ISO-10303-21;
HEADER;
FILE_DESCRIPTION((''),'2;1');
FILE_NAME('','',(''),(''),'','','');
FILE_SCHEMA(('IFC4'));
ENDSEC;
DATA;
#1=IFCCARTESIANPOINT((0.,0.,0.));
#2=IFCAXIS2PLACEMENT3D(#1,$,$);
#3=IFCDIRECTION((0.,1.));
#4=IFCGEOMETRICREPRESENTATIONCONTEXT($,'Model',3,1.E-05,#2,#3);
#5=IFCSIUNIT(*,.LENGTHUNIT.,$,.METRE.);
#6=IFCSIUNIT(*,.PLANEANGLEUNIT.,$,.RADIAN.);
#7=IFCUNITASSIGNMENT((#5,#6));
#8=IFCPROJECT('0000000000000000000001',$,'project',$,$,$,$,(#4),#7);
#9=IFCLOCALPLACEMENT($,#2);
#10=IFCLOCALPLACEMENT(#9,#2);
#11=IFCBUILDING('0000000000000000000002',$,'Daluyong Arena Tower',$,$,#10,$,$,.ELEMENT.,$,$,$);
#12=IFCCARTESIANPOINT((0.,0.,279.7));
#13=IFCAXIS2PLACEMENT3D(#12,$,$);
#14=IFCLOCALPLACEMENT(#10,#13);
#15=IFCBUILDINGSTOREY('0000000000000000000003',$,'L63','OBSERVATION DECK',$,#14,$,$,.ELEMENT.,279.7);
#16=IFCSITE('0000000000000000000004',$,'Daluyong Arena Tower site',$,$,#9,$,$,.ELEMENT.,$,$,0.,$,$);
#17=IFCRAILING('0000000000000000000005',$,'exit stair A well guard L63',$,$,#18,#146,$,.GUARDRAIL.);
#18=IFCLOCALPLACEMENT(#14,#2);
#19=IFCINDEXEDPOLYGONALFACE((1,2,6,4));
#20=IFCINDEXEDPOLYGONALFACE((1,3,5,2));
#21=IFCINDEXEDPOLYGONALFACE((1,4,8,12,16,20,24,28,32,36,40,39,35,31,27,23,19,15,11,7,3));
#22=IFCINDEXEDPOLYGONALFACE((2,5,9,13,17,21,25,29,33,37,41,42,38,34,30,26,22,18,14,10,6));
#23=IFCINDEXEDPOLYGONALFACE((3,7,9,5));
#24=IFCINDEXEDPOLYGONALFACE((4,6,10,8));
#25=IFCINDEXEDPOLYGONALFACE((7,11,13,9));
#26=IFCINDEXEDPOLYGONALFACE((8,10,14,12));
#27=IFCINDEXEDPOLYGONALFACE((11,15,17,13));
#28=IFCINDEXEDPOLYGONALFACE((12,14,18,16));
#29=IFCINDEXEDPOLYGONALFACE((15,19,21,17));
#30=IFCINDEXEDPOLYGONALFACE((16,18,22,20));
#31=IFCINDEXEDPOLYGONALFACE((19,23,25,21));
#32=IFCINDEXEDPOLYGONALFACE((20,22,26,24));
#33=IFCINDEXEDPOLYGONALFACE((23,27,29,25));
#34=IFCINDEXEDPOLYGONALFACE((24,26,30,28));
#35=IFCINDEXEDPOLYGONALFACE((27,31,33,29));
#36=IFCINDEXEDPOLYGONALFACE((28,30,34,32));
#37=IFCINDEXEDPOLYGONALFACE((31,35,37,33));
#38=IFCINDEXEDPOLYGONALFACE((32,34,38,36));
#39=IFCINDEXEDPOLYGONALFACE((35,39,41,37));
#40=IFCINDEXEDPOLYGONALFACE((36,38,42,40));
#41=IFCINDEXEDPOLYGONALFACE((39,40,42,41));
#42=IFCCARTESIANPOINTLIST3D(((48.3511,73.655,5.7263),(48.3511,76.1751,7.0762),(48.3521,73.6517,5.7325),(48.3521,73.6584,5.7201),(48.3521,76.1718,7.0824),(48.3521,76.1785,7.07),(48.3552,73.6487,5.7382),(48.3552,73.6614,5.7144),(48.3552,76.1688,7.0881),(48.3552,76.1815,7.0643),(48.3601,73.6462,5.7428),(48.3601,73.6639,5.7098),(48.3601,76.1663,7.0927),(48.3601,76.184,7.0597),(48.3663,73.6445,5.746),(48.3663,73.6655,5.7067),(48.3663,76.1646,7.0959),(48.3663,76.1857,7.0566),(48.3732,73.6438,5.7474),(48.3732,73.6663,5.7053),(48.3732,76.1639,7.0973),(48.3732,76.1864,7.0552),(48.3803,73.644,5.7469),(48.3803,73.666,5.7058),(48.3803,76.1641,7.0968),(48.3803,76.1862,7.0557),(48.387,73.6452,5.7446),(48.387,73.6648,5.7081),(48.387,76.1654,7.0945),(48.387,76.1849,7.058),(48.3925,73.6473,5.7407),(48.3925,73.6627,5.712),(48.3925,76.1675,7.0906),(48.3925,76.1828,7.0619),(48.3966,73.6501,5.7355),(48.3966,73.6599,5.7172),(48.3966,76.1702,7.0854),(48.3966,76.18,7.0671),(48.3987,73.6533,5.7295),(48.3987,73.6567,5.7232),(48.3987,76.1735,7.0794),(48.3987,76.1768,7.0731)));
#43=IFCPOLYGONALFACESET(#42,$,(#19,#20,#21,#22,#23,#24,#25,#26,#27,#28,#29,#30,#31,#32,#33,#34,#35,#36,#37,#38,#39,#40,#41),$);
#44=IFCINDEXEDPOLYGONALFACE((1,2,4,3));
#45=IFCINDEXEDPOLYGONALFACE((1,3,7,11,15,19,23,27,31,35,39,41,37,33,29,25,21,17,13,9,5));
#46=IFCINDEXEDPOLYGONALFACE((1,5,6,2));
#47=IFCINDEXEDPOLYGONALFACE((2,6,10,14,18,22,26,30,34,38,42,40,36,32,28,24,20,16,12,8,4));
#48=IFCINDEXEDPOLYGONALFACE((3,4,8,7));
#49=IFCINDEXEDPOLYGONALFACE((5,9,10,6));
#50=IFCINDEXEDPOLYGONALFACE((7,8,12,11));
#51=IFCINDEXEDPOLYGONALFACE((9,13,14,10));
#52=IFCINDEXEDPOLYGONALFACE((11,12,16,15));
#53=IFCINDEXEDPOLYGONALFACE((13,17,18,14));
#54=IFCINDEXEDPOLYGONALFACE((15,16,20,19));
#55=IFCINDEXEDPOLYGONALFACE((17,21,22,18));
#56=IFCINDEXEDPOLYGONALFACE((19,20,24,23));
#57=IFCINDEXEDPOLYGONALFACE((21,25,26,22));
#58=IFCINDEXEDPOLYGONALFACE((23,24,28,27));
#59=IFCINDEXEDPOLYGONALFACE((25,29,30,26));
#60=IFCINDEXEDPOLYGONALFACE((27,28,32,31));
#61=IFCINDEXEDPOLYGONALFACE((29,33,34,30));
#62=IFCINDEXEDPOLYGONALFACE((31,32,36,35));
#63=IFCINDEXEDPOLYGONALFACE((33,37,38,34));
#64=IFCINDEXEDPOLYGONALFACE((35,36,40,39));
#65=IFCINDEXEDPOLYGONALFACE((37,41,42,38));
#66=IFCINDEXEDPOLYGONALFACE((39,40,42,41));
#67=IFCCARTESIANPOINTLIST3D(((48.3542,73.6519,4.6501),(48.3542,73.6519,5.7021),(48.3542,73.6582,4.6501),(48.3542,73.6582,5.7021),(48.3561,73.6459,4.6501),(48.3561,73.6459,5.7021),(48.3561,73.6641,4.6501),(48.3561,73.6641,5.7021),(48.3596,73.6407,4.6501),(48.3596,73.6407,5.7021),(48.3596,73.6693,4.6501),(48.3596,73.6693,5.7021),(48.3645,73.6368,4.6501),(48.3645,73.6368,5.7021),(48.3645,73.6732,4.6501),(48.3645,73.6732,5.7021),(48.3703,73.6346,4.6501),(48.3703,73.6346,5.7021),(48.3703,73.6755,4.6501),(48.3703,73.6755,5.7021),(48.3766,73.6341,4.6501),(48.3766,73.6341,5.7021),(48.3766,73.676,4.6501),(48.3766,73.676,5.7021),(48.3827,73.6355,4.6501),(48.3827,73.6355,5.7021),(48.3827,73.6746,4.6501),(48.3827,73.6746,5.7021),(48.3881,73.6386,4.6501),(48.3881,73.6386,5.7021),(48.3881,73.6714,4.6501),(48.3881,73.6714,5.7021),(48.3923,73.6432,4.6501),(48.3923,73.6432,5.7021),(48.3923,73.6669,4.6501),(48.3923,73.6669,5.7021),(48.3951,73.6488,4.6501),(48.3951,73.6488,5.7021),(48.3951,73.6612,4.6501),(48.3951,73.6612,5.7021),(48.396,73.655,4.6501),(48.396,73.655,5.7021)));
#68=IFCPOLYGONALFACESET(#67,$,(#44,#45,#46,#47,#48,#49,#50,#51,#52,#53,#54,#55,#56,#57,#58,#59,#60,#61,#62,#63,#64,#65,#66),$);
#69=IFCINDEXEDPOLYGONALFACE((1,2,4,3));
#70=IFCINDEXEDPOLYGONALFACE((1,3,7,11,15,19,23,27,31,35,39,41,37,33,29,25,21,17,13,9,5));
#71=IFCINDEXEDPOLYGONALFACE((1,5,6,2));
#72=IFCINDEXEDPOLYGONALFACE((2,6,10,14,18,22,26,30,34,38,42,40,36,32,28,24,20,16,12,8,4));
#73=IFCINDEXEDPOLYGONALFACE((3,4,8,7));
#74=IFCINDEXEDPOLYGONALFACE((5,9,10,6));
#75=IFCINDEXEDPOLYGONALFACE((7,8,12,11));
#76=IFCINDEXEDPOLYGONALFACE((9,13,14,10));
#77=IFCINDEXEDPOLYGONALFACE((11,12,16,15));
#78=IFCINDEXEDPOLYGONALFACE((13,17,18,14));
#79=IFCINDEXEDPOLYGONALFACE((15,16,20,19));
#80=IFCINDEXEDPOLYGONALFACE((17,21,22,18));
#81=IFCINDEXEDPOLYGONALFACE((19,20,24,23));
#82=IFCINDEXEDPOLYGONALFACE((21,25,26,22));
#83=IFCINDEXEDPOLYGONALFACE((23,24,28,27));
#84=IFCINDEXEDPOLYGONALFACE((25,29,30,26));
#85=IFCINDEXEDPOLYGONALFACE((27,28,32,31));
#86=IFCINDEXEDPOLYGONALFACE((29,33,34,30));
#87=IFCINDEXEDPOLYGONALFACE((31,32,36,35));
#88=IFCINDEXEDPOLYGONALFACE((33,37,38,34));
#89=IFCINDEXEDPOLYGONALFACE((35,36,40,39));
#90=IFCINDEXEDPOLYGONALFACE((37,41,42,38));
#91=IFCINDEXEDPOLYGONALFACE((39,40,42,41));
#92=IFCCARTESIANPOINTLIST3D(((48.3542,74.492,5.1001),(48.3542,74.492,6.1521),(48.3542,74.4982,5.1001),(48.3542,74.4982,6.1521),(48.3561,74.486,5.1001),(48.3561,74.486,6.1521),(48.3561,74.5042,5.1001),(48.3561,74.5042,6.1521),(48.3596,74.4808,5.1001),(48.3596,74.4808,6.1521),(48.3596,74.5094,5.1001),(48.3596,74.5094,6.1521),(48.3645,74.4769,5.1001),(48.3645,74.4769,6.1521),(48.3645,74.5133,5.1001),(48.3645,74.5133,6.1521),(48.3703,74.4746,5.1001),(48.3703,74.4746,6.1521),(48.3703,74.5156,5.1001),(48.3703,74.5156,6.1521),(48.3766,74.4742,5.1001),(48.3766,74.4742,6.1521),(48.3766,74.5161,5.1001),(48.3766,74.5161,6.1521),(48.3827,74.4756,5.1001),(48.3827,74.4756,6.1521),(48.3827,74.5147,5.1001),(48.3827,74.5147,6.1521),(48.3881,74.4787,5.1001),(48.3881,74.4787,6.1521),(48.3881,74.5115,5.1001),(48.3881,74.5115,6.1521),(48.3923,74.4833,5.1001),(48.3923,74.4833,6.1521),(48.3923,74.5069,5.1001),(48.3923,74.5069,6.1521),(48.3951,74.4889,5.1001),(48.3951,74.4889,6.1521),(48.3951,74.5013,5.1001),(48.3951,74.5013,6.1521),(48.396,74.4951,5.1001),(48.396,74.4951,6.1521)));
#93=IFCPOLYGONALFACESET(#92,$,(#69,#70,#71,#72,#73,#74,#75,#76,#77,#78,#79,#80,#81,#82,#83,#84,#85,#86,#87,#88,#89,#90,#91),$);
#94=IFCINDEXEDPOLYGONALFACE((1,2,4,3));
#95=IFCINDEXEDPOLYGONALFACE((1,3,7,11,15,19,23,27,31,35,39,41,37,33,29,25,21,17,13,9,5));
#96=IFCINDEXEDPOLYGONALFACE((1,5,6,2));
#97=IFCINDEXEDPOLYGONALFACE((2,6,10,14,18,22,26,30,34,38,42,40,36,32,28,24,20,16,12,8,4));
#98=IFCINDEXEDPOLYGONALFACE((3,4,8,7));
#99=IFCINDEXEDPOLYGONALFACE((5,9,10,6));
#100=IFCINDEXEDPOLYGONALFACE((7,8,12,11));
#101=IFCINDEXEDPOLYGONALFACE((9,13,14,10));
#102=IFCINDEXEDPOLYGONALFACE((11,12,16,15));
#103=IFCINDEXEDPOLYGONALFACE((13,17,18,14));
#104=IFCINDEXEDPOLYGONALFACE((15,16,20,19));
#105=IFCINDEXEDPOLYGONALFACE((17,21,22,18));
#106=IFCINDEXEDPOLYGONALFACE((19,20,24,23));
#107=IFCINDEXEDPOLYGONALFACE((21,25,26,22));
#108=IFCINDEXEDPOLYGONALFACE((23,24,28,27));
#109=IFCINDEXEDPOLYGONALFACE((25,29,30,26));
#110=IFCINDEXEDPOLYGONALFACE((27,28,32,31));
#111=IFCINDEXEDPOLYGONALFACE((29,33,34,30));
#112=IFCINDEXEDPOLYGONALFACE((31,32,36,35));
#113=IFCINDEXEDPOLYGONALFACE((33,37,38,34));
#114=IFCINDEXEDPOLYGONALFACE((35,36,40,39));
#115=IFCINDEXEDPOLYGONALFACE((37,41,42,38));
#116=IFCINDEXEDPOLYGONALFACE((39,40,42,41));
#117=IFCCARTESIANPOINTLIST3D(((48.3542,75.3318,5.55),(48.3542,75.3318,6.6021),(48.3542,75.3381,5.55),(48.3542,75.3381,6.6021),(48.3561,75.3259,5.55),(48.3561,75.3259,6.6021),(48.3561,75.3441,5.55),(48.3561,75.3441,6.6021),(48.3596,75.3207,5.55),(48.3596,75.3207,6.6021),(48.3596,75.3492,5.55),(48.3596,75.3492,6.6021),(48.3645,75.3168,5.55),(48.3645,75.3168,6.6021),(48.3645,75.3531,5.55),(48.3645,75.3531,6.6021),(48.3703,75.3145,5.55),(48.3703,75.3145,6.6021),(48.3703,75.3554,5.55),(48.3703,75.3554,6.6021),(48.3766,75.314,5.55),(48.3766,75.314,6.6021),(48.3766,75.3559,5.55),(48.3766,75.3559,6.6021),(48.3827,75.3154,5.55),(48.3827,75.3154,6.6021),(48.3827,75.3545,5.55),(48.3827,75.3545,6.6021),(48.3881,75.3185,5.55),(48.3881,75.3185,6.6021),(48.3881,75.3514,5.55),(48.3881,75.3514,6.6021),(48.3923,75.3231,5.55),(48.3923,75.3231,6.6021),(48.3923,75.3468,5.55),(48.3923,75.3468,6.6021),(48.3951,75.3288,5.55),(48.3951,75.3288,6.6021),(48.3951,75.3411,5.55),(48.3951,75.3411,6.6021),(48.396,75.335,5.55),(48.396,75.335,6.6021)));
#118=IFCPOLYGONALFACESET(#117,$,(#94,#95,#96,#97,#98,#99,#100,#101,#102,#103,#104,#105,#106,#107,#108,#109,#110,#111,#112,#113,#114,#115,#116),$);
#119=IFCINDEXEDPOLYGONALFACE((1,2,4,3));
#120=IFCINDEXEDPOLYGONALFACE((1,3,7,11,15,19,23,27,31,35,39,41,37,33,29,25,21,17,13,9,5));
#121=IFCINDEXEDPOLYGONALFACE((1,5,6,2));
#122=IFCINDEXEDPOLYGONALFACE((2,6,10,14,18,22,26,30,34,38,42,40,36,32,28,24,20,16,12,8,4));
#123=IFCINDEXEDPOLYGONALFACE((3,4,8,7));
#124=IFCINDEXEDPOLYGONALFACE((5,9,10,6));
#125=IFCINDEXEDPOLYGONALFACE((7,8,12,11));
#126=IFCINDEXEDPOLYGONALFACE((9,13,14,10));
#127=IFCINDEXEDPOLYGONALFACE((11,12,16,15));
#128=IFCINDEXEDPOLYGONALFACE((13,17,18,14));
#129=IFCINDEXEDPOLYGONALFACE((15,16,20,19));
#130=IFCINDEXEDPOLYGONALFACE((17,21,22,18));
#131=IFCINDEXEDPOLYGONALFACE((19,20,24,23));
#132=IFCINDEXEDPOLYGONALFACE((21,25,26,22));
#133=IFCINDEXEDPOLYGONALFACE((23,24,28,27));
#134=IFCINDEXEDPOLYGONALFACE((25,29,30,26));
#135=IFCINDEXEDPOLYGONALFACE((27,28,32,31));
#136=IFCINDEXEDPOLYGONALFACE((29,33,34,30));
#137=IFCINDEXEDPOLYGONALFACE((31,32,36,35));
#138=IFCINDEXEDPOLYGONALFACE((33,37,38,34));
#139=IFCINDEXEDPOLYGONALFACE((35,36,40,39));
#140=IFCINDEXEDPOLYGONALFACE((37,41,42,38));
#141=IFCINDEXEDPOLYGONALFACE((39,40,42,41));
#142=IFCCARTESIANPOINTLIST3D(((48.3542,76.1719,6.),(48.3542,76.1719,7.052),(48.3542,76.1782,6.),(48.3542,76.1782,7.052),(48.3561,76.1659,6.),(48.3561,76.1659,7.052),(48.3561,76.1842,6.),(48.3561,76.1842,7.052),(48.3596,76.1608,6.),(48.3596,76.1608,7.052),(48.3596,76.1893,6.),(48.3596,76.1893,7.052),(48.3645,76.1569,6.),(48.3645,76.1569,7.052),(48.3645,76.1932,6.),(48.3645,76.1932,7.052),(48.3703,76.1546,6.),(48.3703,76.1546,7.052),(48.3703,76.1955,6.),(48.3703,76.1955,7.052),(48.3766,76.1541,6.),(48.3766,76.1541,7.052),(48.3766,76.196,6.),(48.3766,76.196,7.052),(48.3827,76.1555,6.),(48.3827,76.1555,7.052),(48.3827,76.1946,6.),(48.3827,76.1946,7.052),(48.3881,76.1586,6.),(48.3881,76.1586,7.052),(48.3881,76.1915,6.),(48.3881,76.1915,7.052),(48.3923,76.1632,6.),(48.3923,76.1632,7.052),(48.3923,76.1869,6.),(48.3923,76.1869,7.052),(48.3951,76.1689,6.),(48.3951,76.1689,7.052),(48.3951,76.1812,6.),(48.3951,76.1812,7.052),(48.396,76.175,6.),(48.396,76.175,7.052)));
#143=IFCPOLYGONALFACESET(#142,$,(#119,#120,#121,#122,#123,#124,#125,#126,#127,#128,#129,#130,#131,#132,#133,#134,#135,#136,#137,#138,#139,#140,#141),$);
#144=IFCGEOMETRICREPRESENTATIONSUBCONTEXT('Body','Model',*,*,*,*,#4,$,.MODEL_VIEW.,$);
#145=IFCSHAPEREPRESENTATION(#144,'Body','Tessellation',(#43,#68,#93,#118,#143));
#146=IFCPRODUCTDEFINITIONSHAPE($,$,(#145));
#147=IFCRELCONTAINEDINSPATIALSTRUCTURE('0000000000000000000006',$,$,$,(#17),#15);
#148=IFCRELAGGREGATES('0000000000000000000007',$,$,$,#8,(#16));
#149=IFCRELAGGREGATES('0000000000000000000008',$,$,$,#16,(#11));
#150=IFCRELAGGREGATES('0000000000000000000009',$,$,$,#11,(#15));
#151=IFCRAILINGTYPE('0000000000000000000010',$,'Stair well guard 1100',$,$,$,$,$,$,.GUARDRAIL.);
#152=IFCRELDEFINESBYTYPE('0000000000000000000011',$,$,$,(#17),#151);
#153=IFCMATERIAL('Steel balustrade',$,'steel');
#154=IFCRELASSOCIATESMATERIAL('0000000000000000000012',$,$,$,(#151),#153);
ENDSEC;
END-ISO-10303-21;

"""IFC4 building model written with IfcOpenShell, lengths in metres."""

from ifc_helpers import new_model, si_unit, direction, frame, origin, origin_2d, place, context, subcontext, project, spatial, circle, extrude, material, type_object, element, save


model = new_model("IFC4")

# Units and contexts
model_context = context("Model", 3, precision=1e-05, world=origin(), true_north=direction((0.0, 1.0)))
body_context = subcontext(model_context, "Body", "Model", "MODEL_VIEW")
ifc_project = project(units=[si_unit("LENGTHUNIT", "METRE"), si_unit("PLANEANGLEUNIT", "RADIAN")], contexts=[model_context])

# Site, building, storey
site_placement = place(None, origin())
site = spatial("IfcSite", under=ifc_project, at=site_placement, Name="Daluyong Arena Tower site", CompositionType="ELEMENT", RefElevation=0.0)
building_placement = place(site_placement, origin())
building = spatial("IfcBuilding", under=site, at=building_placement, Name="Daluyong Arena Tower", CompositionType="ELEMENT")
storey_placement = place(building_placement, frame((0.0, 0.0, 279.7)))
storey = spatial("IfcBuildingStorey", under=building, at=storey_placement, Name="L63", Description="OBSERVATION DECK", CompositionType="ELEMENT", Elevation=279.7)

# Railing
ifc_material_1 = material(Name="Steel balustrade", Category="steel")
railing_type_1 = type_object("IfcRailingType", Name="Stair well guard 1100", PredefinedType="GUARDRAIL", material=ifc_material_1)
railing_1_placement = place(storey_placement, frame((48.375, 73.655, 4.6501)))
element("IfcRailing", 1, at=railing_1_placement, inside=storey, type_object=railing_type_1, Name="exit stair A well guard L63", PredefinedType="GUARDRAIL", context=body_context, shape_type="SweptSolid", body=[
    extrude(circle(Radius=0.0239, at=origin_2d()), frame((0.0, 0.0, 1.0762), z_axis=(0.0, 0.881503, 0.472179), x_axis=(-1.0, 0.0, 0.0)), (0.0, 0.0, 1.0), 2.8589),
    extrude(circle(Radius=0.021, at=origin_2d()), origin(), (0.0, 0.0, 1.0), 1.052),
    extrude(circle(Radius=0.021, at=origin_2d()), frame((0.0, 0.8401, 0.45)), (0.0, 0.0, 1.0), 1.052),
    extrude(circle(Radius=0.021, at=origin_2d()), frame((0.0, 1.6799, 0.8999)), (0.0, 0.0, 1.0), 1.052),
    extrude(circle(Radius=0.021, at=origin_2d()), frame((0.0, 2.52, 1.3499)), (0.0, 0.0, 1.0), 1.052),
])

save(model, "model.ifc")
